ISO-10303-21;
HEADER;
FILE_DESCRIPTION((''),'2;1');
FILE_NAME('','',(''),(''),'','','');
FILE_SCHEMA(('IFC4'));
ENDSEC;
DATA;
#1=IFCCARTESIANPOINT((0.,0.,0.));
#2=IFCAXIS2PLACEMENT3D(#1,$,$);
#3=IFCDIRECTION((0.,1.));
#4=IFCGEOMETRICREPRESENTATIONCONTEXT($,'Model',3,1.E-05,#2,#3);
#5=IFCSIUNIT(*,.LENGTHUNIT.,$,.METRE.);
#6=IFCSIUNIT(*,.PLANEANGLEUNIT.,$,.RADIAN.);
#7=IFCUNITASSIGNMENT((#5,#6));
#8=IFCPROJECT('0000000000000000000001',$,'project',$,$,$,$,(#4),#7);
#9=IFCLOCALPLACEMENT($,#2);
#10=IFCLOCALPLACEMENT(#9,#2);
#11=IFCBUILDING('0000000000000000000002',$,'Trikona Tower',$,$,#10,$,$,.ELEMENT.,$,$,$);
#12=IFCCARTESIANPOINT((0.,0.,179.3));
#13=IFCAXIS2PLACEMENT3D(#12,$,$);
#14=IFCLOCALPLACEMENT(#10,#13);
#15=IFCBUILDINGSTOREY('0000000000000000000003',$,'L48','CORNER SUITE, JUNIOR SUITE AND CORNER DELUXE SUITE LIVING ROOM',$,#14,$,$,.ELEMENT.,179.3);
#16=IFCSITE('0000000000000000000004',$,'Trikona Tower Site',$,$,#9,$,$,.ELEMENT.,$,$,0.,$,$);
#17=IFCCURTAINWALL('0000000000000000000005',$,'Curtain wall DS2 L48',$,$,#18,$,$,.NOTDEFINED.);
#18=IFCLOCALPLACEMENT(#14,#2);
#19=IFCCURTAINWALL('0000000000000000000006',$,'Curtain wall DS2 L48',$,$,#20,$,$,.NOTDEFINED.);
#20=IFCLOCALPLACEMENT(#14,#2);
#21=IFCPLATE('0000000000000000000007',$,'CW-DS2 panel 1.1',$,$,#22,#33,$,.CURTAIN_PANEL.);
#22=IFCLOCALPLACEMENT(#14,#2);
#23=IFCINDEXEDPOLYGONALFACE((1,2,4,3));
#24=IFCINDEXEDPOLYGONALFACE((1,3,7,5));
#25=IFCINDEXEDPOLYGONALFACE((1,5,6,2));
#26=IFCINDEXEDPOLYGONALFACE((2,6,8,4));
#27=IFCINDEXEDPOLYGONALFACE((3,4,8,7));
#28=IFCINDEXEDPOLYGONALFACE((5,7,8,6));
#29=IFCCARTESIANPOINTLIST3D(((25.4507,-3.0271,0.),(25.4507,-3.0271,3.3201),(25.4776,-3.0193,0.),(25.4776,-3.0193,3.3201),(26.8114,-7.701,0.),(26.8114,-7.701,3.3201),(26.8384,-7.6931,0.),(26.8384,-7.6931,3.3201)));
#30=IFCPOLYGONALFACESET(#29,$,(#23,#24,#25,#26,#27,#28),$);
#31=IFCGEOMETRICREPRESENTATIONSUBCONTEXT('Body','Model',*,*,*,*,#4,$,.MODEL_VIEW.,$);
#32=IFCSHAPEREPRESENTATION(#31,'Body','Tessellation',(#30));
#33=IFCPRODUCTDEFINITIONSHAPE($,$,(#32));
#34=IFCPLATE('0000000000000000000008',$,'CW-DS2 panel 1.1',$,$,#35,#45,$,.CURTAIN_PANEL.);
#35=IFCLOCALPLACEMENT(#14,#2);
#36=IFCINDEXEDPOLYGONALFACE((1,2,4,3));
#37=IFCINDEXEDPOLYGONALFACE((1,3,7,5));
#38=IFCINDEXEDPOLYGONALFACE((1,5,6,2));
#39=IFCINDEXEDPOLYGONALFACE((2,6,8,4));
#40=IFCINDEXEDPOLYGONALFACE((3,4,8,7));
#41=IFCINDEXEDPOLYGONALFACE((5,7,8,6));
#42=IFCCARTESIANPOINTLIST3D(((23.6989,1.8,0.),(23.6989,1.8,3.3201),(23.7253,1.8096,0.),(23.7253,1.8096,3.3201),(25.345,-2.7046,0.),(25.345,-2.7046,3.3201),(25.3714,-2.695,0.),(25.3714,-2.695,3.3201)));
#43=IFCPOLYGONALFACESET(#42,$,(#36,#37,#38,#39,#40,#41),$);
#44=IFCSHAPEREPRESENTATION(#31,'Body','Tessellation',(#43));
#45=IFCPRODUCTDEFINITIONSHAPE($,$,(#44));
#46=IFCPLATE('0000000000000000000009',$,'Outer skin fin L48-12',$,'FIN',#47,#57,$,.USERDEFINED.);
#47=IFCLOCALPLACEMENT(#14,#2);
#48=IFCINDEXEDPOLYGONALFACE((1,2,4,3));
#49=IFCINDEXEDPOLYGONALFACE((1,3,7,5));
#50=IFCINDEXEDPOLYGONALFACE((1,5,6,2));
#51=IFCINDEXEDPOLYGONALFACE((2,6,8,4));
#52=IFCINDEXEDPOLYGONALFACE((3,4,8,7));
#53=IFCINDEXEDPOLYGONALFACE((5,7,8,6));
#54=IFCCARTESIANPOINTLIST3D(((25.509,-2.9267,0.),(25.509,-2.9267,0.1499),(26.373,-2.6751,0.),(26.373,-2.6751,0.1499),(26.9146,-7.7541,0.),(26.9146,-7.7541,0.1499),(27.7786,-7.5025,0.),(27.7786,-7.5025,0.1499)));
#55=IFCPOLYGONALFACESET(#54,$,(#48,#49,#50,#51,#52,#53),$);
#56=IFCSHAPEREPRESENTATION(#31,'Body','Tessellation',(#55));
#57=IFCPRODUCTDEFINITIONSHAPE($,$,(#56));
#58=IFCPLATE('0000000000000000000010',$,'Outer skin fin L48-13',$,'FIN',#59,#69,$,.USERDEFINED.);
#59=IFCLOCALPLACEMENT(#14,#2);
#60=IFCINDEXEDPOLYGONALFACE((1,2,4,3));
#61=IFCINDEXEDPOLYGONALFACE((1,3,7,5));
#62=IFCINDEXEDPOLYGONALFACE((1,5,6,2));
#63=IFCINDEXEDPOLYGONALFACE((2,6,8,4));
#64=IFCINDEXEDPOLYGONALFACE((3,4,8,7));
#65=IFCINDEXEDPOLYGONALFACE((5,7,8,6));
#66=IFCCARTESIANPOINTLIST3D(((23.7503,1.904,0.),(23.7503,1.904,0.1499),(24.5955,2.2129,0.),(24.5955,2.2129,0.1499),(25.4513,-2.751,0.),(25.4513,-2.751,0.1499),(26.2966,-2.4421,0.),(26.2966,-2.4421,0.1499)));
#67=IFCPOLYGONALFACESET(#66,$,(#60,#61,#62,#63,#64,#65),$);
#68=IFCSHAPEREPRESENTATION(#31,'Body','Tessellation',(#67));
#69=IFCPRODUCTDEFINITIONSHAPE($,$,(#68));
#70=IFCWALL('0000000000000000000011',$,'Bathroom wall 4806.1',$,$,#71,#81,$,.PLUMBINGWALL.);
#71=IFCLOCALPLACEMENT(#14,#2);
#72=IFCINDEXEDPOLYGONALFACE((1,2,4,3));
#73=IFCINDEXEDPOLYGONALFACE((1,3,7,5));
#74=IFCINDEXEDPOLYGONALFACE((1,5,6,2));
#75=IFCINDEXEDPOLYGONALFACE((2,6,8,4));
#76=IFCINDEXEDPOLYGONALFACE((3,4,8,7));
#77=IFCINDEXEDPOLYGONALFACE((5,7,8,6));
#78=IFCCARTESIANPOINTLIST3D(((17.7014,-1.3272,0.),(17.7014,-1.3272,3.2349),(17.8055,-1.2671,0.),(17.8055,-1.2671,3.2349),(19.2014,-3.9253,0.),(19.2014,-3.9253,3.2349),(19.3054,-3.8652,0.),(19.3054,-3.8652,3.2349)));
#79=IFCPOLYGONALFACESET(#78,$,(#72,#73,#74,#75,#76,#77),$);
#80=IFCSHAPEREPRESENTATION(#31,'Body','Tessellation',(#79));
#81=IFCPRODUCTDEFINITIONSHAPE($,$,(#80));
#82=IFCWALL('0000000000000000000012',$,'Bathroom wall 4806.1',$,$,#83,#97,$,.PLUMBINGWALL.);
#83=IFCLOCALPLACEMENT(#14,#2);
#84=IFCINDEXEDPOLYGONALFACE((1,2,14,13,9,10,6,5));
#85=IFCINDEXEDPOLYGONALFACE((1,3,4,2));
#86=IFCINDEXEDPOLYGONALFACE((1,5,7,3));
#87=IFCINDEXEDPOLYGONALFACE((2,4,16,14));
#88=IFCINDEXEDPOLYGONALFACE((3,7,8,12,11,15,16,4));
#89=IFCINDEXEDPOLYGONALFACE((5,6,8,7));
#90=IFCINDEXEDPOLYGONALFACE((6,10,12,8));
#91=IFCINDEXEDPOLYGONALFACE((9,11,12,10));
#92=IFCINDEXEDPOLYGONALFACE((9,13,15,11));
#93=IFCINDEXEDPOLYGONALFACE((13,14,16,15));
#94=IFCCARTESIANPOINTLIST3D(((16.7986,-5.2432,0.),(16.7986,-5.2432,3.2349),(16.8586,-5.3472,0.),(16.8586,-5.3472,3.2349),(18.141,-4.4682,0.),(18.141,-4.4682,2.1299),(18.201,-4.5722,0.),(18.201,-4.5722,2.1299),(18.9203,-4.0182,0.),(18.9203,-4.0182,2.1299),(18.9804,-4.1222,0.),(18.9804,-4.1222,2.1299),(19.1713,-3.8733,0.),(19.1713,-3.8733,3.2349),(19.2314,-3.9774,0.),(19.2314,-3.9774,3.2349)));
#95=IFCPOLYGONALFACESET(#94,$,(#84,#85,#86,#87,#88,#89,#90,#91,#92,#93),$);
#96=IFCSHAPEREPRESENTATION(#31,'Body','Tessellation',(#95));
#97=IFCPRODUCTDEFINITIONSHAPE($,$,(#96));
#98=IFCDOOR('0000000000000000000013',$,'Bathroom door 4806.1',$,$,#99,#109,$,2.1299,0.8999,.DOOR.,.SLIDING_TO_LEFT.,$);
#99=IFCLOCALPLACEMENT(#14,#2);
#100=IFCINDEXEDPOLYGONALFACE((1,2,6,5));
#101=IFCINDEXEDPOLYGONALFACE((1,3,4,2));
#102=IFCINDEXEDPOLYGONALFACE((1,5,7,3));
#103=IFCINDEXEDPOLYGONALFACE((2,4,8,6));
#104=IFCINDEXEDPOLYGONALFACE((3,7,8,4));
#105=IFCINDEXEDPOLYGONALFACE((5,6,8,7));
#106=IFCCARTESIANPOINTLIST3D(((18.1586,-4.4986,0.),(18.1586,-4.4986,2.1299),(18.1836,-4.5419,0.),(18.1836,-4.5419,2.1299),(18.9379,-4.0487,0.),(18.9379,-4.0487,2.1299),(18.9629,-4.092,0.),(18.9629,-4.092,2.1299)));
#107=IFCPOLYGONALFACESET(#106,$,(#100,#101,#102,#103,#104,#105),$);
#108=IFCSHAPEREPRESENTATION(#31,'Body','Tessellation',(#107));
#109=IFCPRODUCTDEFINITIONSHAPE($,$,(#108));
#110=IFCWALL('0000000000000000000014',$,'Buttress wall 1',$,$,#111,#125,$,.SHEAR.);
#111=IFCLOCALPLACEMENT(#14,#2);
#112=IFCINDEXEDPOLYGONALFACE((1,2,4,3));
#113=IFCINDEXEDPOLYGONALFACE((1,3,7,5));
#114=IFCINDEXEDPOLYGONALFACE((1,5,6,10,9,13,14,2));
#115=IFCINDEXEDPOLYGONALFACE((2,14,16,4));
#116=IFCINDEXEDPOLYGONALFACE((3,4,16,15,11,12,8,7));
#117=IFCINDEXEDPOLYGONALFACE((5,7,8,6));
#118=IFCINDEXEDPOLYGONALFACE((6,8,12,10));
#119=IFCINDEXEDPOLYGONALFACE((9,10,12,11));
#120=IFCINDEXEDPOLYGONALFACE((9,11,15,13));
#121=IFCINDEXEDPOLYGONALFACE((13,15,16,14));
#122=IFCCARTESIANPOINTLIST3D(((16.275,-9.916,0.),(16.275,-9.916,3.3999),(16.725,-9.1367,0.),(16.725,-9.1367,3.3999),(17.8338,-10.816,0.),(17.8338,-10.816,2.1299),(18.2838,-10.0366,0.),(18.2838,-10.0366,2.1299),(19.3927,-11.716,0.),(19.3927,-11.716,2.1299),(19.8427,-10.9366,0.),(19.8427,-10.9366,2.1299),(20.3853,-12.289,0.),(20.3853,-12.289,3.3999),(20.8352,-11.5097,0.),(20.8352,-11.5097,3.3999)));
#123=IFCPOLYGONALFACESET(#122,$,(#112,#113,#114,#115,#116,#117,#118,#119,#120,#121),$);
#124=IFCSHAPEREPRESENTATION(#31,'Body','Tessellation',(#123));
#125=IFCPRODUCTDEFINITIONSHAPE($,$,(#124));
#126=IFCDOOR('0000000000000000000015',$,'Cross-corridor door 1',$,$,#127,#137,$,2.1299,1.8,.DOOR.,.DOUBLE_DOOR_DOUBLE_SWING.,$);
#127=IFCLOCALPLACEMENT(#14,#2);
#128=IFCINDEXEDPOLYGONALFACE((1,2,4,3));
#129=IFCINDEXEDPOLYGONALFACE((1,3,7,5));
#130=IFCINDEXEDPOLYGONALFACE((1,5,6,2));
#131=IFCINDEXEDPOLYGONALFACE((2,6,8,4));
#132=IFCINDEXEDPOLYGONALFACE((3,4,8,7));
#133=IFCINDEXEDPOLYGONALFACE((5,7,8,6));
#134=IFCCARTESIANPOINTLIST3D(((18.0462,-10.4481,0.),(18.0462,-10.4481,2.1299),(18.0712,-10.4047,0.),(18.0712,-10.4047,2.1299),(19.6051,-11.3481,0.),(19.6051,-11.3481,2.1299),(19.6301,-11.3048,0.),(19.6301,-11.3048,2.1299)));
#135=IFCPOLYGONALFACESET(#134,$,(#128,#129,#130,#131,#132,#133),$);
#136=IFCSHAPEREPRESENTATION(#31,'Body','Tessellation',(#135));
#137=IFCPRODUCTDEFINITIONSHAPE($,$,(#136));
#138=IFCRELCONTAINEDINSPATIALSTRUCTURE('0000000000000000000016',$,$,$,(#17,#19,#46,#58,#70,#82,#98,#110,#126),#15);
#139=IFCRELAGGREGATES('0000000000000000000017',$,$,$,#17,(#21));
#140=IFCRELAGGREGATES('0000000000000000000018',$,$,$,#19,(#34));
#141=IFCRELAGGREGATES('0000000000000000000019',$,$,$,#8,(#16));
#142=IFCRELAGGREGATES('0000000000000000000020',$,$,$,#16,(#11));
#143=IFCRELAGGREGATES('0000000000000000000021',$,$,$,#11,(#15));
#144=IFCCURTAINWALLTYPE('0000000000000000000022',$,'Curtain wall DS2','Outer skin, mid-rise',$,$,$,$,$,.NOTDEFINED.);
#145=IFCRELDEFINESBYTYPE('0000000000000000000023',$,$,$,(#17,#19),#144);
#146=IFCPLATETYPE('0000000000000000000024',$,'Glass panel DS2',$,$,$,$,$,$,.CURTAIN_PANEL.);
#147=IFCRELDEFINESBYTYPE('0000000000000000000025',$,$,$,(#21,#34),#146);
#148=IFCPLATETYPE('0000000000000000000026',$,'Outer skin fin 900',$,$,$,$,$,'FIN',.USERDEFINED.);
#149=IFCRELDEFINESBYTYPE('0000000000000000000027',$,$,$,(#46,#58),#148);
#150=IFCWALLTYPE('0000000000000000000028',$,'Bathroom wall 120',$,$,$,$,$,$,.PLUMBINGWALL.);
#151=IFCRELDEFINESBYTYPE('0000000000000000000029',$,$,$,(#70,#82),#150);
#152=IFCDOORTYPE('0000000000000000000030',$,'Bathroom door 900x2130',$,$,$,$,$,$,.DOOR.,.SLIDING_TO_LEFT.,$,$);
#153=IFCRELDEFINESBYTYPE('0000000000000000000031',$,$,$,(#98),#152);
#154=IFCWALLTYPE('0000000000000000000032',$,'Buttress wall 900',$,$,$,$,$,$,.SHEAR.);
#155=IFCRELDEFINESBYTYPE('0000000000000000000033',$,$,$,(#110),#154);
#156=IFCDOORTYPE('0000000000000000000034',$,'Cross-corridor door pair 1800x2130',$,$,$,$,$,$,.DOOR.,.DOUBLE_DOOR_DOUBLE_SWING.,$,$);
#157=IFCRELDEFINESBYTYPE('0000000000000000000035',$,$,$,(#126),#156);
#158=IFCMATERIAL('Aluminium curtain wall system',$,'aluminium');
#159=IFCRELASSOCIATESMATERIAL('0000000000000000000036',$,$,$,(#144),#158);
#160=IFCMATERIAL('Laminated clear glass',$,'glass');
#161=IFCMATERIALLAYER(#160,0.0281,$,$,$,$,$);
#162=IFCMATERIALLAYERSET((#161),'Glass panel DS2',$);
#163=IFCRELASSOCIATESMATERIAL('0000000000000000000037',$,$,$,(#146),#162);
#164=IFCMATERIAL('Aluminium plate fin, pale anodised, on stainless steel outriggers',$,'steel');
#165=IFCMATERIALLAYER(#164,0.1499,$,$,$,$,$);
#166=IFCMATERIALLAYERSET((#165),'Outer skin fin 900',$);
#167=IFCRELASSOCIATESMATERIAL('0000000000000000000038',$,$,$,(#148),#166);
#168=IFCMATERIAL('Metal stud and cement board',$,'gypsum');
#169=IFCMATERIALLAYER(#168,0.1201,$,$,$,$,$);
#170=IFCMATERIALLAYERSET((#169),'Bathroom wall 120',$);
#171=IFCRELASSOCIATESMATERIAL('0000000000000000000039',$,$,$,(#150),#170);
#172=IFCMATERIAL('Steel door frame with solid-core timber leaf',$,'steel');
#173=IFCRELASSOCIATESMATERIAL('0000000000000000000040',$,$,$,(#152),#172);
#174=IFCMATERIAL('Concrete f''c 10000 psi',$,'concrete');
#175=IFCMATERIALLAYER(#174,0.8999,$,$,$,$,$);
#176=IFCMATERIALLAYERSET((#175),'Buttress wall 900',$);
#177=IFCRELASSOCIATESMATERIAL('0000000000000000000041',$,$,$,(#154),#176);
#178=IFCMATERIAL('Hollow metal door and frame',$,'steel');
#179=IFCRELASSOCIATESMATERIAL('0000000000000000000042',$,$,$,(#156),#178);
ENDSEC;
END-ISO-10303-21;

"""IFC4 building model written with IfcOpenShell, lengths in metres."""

from ifc_helpers import new_model, si_unit, direction, frame, frame_2d, origin, origin_2d, place, context, subcontext, project, spatial, rectangle, extrude, material, layer, layer_set, type_object, element, fill, aggregate, save


model = new_model("IFC4")

# Units and contexts
model_context = context("Model", 3, precision=1e-05, world=origin(), true_north=direction((0.0, 1.0)))
body_context = subcontext(model_context, "Body", "Model", "MODEL_VIEW")
ifc_project = project(units=[si_unit("LENGTHUNIT", "METRE"), si_unit("PLANEANGLEUNIT", "RADIAN")], contexts=[model_context])

# Site, building, storey
site_placement = place(None, origin())
site = spatial("IfcSite", under=ifc_project, at=site_placement, Name="Trikona Tower Site", CompositionType="ELEMENT", RefElevation=0.0)
building_placement = place(site_placement, origin())
building = spatial("IfcBuilding", under=site, at=building_placement, Name="Trikona Tower", CompositionType="ELEMENT")
storey_placement = place(building_placement, frame((0.0, 0.0, 179.3)))
storey = spatial("IfcBuildingStorey", under=building, at=storey_placement, Name="L48", Description="CORNER SUITE, JUNIOR SUITE AND CORNER DELUXE SUITE LIVING ROOM", CompositionType="ELEMENT", Elevation=179.3)

# Curtain wall
ifc_material_1 = material(Name="Aluminium curtain wall system", Category="aluminium")
curtain_wall_type = type_object("IfcCurtainWallType", Name="Curtain wall DS2", Description="Outer skin, mid-rise", PredefinedType="NOTDEFINED", material=ifc_material_1)
curtain_wall_1_placement = place(storey_placement, origin())
curtain_wall_1 = element("IfcCurtainWall", 1, at=curtain_wall_1_placement, inside=storey, type_object=curtain_wall_type, Name="Curtain wall DS2 L48", PredefinedType="NOTDEFINED")

# Curtain wall
curtain_wall_2_placement = place(storey_placement, origin())
curtain_wall_2 = element("IfcCurtainWall", 2, at=curtain_wall_2_placement, inside=storey, type_object=curtain_wall_type, Name="Curtain wall DS2 L48", PredefinedType="NOTDEFINED")

# Plates
ifc_material_2 = material(Name="Laminated clear glass", Category="glass")
ifc_layer_1 = layer(ifc_material_2, 0.0281)
ifc_layer_set_1 = layer_set([ifc_layer_1], Name="Glass panel DS2")
plate_type_1 = type_object("IfcPlateType", Name="Glass panel DS2", PredefinedType="CURTAIN_PANEL", material=ifc_layer_set_1)
plate_1_placement = place(storey_placement, frame((26.1445, -5.3601, 0.0), z_axis=(0.0, 0.0, 1.0), x_axis=(-0.279543, 0.960133, 0.0)))
plate_1 = element("IfcPlate", 3, at=plate_1_placement, type_object=plate_type_1, Name="CW-DS2 panel 1.1", PredefinedType="CURTAIN_PANEL", context=body_context, shape_type="SweptSolid", body=[
    extrude(rectangle(XDim=4.8679, YDim=0.0281, at=origin_2d()), origin(), (0.0, 0.0, 1.0), 3.3201),
])
aggregate(curtain_wall_1, [plate_1])
plate_2_placement = place(storey_placement, frame((24.5352, -0.4475, 0.0), z_axis=(0.0, 0.0, 1.0), x_axis=(-0.343223, 0.939254, 0.0)))
plate_2 = element("IfcPlate", 4, at=plate_2_placement, type_object=plate_type_1, Name="CW-DS2 panel 1.1", PredefinedType="CURTAIN_PANEL", context=body_context, shape_type="SweptSolid", body=[
    extrude(rectangle(XDim=4.7959, YDim=0.0281, at=origin_2d()), origin(), (0.0, 0.0, 1.0), 3.3201),
])
aggregate(curtain_wall_2, [plate_2])

# Plates
ifc_material_3 = material(Name="Aluminium plate fin, pale anodised, on stainless steel outriggers", Category="steel")
ifc_layer_2 = layer(ifc_material_3, 0.1499)
ifc_layer_set_2 = layer_set([ifc_layer_2], Name="Outer skin fin 900")
plate_type_2 = type_object("IfcPlateType", Name="Outer skin fin 900", ElementType="FIN", PredefinedType="USERDEFINED", material=ifc_layer_set_2)
plate_3_placement = place(storey_placement, frame((26.6438, -5.2146, 0.0), z_axis=(0.0, 0.0, 1.0), x_axis=(-0.279554, 0.96013, 0.0)))
element("IfcPlate", 5, at=plate_3_placement, inside=storey, type_object=plate_type_2, Name="Outer skin fin L48-12", ObjectType="FIN", PredefinedType="USERDEFINED", context=body_context, shape_type="SweptSolid", body=[
    extrude(rectangle(XDim=5.0278, YDim=0.8999, at=origin_2d()), origin(), (0.0, 0.0, 1.0), 0.1499),
])
plate_4_placement = place(storey_placement, frame((25.0234, -0.269, 0.0), z_axis=(0.0, 0.0, 1.0), x_axis=(-0.34322, 0.939255, 0.0)))
element("IfcPlate", 6, at=plate_4_placement, inside=storey, type_object=plate_type_2, Name="Outer skin fin L48-13", ObjectType="FIN", PredefinedType="USERDEFINED", context=body_context, shape_type="SweptSolid", body=[
    extrude(rectangle(XDim=4.9561, YDim=0.8999, at=origin_2d()), origin(), (0.0, 0.0, 1.0), 0.1499),
])

# Wall
ifc_material_4 = material(Name="Metal stud and cement board", Category="gypsum")
ifc_layer_3 = layer(ifc_material_4, 0.1201)
ifc_layer_set_3 = layer_set([ifc_layer_3], Name="Bathroom wall 120")
wall_type_1 = type_object("IfcWallType", Name="Bathroom wall 120", PredefinedType="PLUMBINGWALL", material=ifc_layer_set_3)
wall_1_placement = place(storey_placement, frame((19.2534, -3.8953, 0.0), z_axis=(0.0, 0.0, 1.0), x_axis=(-0.49999, 0.866031, 0.0)))
element("IfcWall", 7, at=wall_1_placement, inside=storey, type_object=wall_type_1, Name="Bathroom wall 4806.1", PredefinedType="PLUMBINGWALL", context=body_context, shape_type="SweptSolid", body=[
    extrude(rectangle(XDim=3.0, YDim=0.1201, at=frame_2d((1.5, 0.0))), origin(), (0.0, 0.0, 1.0), 3.2349),
])

# Walls, openings, doors
wall_2_placement = place(storey_placement, frame((16.8286, -5.2952, 0.0), z_axis=(0.0, 0.0, 1.0), x_axis=(0.866036, 0.499982, 0.0)))
wall_2 = element("IfcWall", 8, at=wall_2_placement, inside=storey, type_object=wall_type_1, Name="Bathroom wall 4806.1", PredefinedType="PLUMBINGWALL", context=body_context, shape_type="SweptSolid", body=[
    extrude(rectangle(XDim=2.7397, YDim=0.1201, at=frame_2d((1.3699, 0.0))), origin(), (0.0, 0.0, 1.0), 3.2349),
])
opening_1_placement = place(wall_2_placement, frame((1.55, 0.0, 0.0)))
opening_1 = element("IfcOpeningElement", 9, at=opening_1_placement, cuts=wall_2, PredefinedType="OPENING", context=body_context, shape_type="SweptSolid", body=[
    extrude(rectangle(XDim=0.8999, YDim=2.1299, at=frame_2d((0.45, 1.0649))), frame((0.0, 0.0701, 0.0), z_axis=(0.0, -1.0, 0.0), x_axis=(1.0, 0.0, 0.0)), (0.0, 0.0, 1.0), 0.1401),
])
ifc_material_5 = material(Name="Steel door frame with solid-core timber leaf", Category="steel")
door_type_1 = type_object("IfcDoorType", Name="Bathroom door 900x2130", OperationType="SLIDING_TO_LEFT", PredefinedType="DOOR", material=ifc_material_5)
door_1_placement = place(opening_1_placement, origin())
door_1 = element("IfcDoor", 10, at=door_1_placement, inside=storey, type_object=door_type_1, Name="Bathroom door 4806.1", OperationType="SLIDING_TO_LEFT", OverallHeight=2.1299, OverallWidth=0.8999, PredefinedType="DOOR", context=body_context, shape_type="SweptSolid", body=[
    extrude(rectangle(XDim=0.8999, YDim=2.1299, at=frame_2d((0.45, 1.0649))), frame((0.0, 0.0249, 0.0), z_axis=(0.0, -1.0, 0.0), x_axis=(1.0, 0.0, 0.0)), (0.0, 0.0, 1.0), 0.05),
])
fill(opening_1, door_1)
ifc_material_6 = material(Name="Concrete f'c 10000 psi", Category="concrete")
ifc_layer_4 = layer(ifc_material_6, 0.8999)
ifc_layer_set_4 = layer_set([ifc_layer_4], Name="Buttress wall 900")
wall_type_2 = type_object("IfcWallType", Name="Buttress wall 900", PredefinedType="SHEAR", material=ifc_layer_set_4)
wall_3_placement = place(storey_placement, frame((16.5, -9.5264, 0.0), z_axis=(0.0, 0.0, 1.0), x_axis=(0.866031, -0.49999, 0.0)))
wall_3 = element("IfcWall", 11, at=wall_3_placement, inside=storey, type_object=wall_type_2, Name="Buttress wall 1", PredefinedType="SHEAR", context=body_context, shape_type="SweptSolid", body=[
    extrude(rectangle(XDim=4.7461, YDim=0.8999, at=frame_2d((2.373, 0.0))), origin(), (0.0, 0.0, 1.0), 3.3999),
])
opening_2_placement = place(wall_3_placement, frame((1.8, 0.0, 0.0)))
opening_2 = element("IfcOpeningElement", 12, at=opening_2_placement, cuts=wall_3, PredefinedType="OPENING", context=body_context, shape_type="SweptSolid", body=[
    extrude(rectangle(XDim=1.8, YDim=2.1299, at=frame_2d((0.8999, 1.0649))), frame((0.0, 0.46, 0.0), z_axis=(0.0, -1.0, 0.0), x_axis=(1.0, 0.0, 0.0)), (0.0, 0.0, 1.0), 0.9199),
])
ifc_material_7 = material(Name="Hollow metal door and frame", Category="steel")
door_type_2 = type_object("IfcDoorType", Name="Cross-corridor door pair 1800x2130", OperationType="DOUBLE_DOOR_DOUBLE_SWING", PredefinedType="DOOR", material=ifc_material_7)
door_2_placement = place(opening_2_placement, origin())
door_2 = element("IfcDoor", 13, at=door_2_placement, inside=storey, type_object=door_type_2, Name="Cross-corridor door 1", OperationType="DOUBLE_DOOR_DOUBLE_SWING", OverallHeight=2.1299, OverallWidth=1.8, PredefinedType="DOOR", context=body_context, shape_type="SweptSolid", body=[
    extrude(rectangle(XDim=1.8, YDim=2.1299, at=frame_2d((0.8999, 1.0649))), frame((0.0, 0.0249, 0.0), z_axis=(0.0, -1.0, 0.0), x_axis=(1.0, 0.0, 0.0)), (0.0, 0.0, 1.0), 0.05),
])
fill(opening_2, door_2)

save(model, "model.ifc")
